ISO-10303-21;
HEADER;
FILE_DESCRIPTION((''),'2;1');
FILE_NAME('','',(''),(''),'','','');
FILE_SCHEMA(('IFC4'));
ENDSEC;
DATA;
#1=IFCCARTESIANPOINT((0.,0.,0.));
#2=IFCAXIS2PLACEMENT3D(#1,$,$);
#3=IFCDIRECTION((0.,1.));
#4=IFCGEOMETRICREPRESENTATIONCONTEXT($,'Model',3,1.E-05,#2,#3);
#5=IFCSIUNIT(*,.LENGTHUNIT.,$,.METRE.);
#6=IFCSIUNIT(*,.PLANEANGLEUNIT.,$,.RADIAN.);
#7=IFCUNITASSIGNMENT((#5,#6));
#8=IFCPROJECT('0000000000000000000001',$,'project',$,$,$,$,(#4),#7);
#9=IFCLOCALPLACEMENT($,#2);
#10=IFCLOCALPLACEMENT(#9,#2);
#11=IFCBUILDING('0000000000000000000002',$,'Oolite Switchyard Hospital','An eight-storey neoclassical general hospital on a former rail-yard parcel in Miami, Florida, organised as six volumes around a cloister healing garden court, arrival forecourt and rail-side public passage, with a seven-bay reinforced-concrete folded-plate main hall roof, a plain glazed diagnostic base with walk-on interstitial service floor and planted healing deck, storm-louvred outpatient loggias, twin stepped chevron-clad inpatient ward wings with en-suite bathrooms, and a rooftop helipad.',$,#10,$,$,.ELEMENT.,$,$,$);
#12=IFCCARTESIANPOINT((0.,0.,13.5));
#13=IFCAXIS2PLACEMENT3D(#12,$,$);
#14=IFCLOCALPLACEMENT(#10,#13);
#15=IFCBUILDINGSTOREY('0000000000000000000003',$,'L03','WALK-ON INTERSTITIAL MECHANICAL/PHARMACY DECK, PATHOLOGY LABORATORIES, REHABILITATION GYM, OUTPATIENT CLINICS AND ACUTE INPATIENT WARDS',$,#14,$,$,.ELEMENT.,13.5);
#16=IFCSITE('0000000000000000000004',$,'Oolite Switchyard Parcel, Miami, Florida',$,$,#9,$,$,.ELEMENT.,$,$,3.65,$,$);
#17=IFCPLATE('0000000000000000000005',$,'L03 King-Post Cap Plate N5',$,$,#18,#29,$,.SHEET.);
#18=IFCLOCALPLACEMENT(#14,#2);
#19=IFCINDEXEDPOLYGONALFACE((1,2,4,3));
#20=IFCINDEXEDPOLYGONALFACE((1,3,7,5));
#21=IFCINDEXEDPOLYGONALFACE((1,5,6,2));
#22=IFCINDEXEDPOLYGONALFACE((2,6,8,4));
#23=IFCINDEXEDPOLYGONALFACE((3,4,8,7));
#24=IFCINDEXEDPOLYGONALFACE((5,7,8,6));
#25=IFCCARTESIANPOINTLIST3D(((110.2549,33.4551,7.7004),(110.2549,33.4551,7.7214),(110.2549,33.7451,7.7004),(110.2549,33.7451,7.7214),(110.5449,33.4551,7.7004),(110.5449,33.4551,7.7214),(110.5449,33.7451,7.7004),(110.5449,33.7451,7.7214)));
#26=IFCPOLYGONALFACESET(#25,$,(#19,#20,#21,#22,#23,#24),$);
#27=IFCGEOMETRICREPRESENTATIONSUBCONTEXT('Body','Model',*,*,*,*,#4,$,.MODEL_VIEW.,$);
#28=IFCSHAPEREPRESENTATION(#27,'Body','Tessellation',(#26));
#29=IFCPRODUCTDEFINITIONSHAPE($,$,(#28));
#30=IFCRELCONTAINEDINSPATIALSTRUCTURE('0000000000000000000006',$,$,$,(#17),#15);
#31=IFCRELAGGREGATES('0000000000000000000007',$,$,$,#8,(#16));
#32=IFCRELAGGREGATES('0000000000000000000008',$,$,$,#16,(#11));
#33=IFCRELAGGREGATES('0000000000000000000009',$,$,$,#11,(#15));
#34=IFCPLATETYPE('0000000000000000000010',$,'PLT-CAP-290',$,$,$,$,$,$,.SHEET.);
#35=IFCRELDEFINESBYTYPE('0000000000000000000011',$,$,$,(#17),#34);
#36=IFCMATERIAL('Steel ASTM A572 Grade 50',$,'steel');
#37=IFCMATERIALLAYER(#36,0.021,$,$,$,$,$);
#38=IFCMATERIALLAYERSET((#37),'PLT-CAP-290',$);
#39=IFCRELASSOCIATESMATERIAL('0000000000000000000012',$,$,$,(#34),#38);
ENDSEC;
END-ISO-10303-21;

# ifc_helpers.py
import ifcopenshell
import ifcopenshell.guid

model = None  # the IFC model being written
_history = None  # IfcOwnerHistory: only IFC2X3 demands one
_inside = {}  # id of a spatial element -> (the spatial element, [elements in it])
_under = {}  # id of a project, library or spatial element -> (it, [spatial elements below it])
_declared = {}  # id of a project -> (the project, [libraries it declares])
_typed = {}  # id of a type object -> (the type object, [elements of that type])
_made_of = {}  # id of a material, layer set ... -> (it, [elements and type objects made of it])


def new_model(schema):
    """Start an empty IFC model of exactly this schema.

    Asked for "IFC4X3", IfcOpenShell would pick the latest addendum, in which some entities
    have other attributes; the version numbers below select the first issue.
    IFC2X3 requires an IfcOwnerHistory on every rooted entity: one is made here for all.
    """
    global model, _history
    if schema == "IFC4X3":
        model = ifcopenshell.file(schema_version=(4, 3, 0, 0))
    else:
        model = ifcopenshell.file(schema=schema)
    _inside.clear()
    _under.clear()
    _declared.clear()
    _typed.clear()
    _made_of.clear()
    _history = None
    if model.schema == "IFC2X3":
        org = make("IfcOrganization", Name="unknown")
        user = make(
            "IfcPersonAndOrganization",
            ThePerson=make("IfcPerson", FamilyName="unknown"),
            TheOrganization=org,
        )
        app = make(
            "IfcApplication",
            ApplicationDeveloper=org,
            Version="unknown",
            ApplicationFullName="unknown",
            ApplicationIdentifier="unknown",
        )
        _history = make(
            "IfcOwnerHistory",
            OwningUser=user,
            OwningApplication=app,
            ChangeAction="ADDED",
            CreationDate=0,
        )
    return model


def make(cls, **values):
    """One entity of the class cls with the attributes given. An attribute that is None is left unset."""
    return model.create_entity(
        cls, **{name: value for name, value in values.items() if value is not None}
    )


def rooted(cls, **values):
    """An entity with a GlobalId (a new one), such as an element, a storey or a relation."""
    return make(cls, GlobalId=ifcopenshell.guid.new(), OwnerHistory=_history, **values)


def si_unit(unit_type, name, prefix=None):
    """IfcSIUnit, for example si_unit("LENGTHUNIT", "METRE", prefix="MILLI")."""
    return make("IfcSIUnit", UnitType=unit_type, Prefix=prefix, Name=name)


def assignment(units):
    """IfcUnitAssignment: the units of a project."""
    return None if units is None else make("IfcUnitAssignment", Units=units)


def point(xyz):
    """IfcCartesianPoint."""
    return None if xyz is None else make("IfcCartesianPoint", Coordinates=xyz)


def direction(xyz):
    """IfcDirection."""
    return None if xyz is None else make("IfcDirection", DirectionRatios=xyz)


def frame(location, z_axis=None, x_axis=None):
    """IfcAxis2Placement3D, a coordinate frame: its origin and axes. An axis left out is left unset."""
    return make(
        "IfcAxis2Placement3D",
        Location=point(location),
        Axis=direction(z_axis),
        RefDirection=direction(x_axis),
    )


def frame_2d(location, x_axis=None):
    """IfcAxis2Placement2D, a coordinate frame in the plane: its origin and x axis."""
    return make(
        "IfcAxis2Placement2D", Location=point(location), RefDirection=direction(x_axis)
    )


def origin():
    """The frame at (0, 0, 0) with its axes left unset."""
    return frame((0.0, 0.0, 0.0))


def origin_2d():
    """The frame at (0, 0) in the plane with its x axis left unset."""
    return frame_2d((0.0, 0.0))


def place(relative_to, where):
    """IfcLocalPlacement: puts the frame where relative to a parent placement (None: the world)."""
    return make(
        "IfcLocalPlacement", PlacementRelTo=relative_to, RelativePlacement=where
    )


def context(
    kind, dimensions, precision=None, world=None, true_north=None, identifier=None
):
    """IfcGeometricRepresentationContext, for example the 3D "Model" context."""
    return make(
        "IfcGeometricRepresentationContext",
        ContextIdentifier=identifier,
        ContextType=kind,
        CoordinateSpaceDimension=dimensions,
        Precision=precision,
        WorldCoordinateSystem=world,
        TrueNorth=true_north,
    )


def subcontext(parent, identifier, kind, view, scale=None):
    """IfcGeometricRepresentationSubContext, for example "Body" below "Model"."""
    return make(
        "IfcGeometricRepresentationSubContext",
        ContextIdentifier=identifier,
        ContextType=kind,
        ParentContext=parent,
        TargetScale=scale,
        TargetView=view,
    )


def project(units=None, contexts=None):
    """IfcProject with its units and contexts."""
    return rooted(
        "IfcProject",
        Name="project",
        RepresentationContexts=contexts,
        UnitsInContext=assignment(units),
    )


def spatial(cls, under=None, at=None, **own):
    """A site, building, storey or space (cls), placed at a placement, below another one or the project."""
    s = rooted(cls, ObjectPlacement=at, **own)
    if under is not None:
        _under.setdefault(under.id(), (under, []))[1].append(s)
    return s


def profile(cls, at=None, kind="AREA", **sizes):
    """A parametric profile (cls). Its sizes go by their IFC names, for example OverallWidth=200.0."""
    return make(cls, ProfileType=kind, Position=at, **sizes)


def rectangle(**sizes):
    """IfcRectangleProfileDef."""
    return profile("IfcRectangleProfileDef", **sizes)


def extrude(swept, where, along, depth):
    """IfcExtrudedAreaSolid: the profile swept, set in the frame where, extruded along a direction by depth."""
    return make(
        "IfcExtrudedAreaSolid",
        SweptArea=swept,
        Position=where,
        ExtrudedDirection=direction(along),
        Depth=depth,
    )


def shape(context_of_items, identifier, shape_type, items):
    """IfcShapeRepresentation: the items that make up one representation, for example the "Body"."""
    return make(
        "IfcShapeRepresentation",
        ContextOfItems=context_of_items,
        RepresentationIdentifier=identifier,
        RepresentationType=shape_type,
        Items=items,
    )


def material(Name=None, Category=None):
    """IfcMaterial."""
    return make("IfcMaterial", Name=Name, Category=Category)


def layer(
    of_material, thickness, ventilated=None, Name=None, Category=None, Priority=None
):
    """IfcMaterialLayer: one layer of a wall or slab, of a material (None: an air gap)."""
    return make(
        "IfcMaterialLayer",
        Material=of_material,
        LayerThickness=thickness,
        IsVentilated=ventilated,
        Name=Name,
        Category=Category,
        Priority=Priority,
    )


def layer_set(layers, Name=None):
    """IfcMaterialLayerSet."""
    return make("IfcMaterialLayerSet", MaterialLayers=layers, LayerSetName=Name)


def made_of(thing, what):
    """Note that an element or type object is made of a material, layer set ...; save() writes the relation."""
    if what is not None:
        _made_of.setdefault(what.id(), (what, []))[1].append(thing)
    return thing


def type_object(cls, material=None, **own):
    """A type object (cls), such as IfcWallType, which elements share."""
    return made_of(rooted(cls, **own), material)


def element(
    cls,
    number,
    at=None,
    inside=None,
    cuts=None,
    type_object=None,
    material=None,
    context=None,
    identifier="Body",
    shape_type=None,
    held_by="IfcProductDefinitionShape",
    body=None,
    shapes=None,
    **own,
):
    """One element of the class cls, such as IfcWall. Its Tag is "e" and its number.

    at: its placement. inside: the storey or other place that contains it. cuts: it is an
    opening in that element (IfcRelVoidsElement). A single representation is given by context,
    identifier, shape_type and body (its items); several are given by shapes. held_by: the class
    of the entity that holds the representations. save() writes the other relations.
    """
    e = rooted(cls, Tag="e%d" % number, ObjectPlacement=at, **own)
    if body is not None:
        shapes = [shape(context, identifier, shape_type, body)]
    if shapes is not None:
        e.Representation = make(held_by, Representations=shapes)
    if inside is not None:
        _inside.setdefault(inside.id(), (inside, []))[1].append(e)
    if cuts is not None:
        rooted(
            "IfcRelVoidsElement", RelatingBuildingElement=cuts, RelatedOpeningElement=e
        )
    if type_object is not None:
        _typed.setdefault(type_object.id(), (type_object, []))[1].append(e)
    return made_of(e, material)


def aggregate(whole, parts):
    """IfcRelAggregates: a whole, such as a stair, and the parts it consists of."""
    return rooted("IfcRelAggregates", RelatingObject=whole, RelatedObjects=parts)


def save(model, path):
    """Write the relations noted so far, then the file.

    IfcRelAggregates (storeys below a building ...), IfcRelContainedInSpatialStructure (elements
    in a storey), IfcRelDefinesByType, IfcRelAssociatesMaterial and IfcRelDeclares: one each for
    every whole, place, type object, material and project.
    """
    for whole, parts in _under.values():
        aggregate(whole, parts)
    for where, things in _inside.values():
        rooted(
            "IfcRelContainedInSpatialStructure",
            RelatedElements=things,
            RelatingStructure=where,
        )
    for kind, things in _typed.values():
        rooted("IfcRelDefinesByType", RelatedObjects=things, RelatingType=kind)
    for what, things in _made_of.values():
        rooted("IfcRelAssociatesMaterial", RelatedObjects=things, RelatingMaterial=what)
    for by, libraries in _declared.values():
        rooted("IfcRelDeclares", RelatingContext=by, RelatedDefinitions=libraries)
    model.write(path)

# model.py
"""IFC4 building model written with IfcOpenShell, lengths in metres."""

from ifc_helpers import new_model, si_unit, direction, frame, origin, origin_2d, place, context, subcontext, project, spatial, rectangle, extrude, material, layer, layer_set, type_object, element, save


model = new_model("IFC4")

# Units and contexts
model_context = context("Model", 3, precision=1e-05, world=origin(), true_north=direction((0.0, 1.0)))
body_context = subcontext(model_context, "Body", "Model", "MODEL_VIEW")
ifc_project = project(units=[si_unit("LENGTHUNIT", "METRE"), si_unit("PLANEANGLEUNIT", "RADIAN")], contexts=[model_context])

# Site, building, storey
site_placement = place(None, origin())
site = spatial("IfcSite", under=ifc_project, at=site_placement, Name="Oolite Switchyard Parcel, Miami, Florida", CompositionType="ELEMENT", RefElevation=3.65)
building_placement = place(site_placement, origin())
building = spatial("IfcBuilding", under=site, at=building_placement, Name="Oolite Switchyard Hospital", Description="An eight-storey neoclassical general hospital on a former rail-yard parcel in Miami, Florida, organised as six volumes around a cloister healing garden court, arrival forecourt and rail-side public passage, with a seven-bay reinforced-concrete folded-plate main hall roof, a plain glazed diagnostic base with walk-on interstitial service floor and planted healing deck, storm-louvred outpatient loggias, twin stepped chevron-clad inpatient ward wings with en-suite bathrooms, and a rooftop helipad.", CompositionType="ELEMENT")
storey_placement = place(building_placement, frame((0.0, 0.0, 13.5)))
storey = spatial("IfcBuildingStorey", under=building, at=storey_placement, Name="L03", Description="WALK-ON INTERSTITIAL MECHANICAL/PHARMACY DECK, PATHOLOGY LABORATORIES, REHABILITATION GYM, OUTPATIENT CLINICS AND ACUTE INPATIENT WARDS", CompositionType="ELEMENT", Elevation=13.5)

# Plate
ifc_material_1 = material(Name="Steel ASTM A572 Grade 50", Category="steel")
ifc_layer = layer(ifc_material_1, 0.021)
ifc_layer_set = layer_set([ifc_layer], Name="PLT-CAP-290")
plate_type = type_object("IfcPlateType", Name="PLT-CAP-290", PredefinedType="SHEET", material=ifc_layer_set)
for number, where, z_axis, x_axis, name in (
    (1, (110.3999, 33.6001, 7.7004), (0.0, 0.0, 1.0), (1.0, 0.0, 0.0), "L03 King-Post Cap Plate N5"),
):
    element("IfcPlate", number, at=place(storey_placement, frame(where, z_axis=z_axis, x_axis=x_axis)), inside=storey, type_object=plate_type, Name=name, PredefinedType="SHEET", context=body_context, shape_type="SweptSolid", body=[
        extrude(rectangle(XDim=0.29, YDim=0.29, at=origin_2d()), origin(), (0.0, 0.0, 1.0), 0.021),
    ])

save(model, "model.ifc")
